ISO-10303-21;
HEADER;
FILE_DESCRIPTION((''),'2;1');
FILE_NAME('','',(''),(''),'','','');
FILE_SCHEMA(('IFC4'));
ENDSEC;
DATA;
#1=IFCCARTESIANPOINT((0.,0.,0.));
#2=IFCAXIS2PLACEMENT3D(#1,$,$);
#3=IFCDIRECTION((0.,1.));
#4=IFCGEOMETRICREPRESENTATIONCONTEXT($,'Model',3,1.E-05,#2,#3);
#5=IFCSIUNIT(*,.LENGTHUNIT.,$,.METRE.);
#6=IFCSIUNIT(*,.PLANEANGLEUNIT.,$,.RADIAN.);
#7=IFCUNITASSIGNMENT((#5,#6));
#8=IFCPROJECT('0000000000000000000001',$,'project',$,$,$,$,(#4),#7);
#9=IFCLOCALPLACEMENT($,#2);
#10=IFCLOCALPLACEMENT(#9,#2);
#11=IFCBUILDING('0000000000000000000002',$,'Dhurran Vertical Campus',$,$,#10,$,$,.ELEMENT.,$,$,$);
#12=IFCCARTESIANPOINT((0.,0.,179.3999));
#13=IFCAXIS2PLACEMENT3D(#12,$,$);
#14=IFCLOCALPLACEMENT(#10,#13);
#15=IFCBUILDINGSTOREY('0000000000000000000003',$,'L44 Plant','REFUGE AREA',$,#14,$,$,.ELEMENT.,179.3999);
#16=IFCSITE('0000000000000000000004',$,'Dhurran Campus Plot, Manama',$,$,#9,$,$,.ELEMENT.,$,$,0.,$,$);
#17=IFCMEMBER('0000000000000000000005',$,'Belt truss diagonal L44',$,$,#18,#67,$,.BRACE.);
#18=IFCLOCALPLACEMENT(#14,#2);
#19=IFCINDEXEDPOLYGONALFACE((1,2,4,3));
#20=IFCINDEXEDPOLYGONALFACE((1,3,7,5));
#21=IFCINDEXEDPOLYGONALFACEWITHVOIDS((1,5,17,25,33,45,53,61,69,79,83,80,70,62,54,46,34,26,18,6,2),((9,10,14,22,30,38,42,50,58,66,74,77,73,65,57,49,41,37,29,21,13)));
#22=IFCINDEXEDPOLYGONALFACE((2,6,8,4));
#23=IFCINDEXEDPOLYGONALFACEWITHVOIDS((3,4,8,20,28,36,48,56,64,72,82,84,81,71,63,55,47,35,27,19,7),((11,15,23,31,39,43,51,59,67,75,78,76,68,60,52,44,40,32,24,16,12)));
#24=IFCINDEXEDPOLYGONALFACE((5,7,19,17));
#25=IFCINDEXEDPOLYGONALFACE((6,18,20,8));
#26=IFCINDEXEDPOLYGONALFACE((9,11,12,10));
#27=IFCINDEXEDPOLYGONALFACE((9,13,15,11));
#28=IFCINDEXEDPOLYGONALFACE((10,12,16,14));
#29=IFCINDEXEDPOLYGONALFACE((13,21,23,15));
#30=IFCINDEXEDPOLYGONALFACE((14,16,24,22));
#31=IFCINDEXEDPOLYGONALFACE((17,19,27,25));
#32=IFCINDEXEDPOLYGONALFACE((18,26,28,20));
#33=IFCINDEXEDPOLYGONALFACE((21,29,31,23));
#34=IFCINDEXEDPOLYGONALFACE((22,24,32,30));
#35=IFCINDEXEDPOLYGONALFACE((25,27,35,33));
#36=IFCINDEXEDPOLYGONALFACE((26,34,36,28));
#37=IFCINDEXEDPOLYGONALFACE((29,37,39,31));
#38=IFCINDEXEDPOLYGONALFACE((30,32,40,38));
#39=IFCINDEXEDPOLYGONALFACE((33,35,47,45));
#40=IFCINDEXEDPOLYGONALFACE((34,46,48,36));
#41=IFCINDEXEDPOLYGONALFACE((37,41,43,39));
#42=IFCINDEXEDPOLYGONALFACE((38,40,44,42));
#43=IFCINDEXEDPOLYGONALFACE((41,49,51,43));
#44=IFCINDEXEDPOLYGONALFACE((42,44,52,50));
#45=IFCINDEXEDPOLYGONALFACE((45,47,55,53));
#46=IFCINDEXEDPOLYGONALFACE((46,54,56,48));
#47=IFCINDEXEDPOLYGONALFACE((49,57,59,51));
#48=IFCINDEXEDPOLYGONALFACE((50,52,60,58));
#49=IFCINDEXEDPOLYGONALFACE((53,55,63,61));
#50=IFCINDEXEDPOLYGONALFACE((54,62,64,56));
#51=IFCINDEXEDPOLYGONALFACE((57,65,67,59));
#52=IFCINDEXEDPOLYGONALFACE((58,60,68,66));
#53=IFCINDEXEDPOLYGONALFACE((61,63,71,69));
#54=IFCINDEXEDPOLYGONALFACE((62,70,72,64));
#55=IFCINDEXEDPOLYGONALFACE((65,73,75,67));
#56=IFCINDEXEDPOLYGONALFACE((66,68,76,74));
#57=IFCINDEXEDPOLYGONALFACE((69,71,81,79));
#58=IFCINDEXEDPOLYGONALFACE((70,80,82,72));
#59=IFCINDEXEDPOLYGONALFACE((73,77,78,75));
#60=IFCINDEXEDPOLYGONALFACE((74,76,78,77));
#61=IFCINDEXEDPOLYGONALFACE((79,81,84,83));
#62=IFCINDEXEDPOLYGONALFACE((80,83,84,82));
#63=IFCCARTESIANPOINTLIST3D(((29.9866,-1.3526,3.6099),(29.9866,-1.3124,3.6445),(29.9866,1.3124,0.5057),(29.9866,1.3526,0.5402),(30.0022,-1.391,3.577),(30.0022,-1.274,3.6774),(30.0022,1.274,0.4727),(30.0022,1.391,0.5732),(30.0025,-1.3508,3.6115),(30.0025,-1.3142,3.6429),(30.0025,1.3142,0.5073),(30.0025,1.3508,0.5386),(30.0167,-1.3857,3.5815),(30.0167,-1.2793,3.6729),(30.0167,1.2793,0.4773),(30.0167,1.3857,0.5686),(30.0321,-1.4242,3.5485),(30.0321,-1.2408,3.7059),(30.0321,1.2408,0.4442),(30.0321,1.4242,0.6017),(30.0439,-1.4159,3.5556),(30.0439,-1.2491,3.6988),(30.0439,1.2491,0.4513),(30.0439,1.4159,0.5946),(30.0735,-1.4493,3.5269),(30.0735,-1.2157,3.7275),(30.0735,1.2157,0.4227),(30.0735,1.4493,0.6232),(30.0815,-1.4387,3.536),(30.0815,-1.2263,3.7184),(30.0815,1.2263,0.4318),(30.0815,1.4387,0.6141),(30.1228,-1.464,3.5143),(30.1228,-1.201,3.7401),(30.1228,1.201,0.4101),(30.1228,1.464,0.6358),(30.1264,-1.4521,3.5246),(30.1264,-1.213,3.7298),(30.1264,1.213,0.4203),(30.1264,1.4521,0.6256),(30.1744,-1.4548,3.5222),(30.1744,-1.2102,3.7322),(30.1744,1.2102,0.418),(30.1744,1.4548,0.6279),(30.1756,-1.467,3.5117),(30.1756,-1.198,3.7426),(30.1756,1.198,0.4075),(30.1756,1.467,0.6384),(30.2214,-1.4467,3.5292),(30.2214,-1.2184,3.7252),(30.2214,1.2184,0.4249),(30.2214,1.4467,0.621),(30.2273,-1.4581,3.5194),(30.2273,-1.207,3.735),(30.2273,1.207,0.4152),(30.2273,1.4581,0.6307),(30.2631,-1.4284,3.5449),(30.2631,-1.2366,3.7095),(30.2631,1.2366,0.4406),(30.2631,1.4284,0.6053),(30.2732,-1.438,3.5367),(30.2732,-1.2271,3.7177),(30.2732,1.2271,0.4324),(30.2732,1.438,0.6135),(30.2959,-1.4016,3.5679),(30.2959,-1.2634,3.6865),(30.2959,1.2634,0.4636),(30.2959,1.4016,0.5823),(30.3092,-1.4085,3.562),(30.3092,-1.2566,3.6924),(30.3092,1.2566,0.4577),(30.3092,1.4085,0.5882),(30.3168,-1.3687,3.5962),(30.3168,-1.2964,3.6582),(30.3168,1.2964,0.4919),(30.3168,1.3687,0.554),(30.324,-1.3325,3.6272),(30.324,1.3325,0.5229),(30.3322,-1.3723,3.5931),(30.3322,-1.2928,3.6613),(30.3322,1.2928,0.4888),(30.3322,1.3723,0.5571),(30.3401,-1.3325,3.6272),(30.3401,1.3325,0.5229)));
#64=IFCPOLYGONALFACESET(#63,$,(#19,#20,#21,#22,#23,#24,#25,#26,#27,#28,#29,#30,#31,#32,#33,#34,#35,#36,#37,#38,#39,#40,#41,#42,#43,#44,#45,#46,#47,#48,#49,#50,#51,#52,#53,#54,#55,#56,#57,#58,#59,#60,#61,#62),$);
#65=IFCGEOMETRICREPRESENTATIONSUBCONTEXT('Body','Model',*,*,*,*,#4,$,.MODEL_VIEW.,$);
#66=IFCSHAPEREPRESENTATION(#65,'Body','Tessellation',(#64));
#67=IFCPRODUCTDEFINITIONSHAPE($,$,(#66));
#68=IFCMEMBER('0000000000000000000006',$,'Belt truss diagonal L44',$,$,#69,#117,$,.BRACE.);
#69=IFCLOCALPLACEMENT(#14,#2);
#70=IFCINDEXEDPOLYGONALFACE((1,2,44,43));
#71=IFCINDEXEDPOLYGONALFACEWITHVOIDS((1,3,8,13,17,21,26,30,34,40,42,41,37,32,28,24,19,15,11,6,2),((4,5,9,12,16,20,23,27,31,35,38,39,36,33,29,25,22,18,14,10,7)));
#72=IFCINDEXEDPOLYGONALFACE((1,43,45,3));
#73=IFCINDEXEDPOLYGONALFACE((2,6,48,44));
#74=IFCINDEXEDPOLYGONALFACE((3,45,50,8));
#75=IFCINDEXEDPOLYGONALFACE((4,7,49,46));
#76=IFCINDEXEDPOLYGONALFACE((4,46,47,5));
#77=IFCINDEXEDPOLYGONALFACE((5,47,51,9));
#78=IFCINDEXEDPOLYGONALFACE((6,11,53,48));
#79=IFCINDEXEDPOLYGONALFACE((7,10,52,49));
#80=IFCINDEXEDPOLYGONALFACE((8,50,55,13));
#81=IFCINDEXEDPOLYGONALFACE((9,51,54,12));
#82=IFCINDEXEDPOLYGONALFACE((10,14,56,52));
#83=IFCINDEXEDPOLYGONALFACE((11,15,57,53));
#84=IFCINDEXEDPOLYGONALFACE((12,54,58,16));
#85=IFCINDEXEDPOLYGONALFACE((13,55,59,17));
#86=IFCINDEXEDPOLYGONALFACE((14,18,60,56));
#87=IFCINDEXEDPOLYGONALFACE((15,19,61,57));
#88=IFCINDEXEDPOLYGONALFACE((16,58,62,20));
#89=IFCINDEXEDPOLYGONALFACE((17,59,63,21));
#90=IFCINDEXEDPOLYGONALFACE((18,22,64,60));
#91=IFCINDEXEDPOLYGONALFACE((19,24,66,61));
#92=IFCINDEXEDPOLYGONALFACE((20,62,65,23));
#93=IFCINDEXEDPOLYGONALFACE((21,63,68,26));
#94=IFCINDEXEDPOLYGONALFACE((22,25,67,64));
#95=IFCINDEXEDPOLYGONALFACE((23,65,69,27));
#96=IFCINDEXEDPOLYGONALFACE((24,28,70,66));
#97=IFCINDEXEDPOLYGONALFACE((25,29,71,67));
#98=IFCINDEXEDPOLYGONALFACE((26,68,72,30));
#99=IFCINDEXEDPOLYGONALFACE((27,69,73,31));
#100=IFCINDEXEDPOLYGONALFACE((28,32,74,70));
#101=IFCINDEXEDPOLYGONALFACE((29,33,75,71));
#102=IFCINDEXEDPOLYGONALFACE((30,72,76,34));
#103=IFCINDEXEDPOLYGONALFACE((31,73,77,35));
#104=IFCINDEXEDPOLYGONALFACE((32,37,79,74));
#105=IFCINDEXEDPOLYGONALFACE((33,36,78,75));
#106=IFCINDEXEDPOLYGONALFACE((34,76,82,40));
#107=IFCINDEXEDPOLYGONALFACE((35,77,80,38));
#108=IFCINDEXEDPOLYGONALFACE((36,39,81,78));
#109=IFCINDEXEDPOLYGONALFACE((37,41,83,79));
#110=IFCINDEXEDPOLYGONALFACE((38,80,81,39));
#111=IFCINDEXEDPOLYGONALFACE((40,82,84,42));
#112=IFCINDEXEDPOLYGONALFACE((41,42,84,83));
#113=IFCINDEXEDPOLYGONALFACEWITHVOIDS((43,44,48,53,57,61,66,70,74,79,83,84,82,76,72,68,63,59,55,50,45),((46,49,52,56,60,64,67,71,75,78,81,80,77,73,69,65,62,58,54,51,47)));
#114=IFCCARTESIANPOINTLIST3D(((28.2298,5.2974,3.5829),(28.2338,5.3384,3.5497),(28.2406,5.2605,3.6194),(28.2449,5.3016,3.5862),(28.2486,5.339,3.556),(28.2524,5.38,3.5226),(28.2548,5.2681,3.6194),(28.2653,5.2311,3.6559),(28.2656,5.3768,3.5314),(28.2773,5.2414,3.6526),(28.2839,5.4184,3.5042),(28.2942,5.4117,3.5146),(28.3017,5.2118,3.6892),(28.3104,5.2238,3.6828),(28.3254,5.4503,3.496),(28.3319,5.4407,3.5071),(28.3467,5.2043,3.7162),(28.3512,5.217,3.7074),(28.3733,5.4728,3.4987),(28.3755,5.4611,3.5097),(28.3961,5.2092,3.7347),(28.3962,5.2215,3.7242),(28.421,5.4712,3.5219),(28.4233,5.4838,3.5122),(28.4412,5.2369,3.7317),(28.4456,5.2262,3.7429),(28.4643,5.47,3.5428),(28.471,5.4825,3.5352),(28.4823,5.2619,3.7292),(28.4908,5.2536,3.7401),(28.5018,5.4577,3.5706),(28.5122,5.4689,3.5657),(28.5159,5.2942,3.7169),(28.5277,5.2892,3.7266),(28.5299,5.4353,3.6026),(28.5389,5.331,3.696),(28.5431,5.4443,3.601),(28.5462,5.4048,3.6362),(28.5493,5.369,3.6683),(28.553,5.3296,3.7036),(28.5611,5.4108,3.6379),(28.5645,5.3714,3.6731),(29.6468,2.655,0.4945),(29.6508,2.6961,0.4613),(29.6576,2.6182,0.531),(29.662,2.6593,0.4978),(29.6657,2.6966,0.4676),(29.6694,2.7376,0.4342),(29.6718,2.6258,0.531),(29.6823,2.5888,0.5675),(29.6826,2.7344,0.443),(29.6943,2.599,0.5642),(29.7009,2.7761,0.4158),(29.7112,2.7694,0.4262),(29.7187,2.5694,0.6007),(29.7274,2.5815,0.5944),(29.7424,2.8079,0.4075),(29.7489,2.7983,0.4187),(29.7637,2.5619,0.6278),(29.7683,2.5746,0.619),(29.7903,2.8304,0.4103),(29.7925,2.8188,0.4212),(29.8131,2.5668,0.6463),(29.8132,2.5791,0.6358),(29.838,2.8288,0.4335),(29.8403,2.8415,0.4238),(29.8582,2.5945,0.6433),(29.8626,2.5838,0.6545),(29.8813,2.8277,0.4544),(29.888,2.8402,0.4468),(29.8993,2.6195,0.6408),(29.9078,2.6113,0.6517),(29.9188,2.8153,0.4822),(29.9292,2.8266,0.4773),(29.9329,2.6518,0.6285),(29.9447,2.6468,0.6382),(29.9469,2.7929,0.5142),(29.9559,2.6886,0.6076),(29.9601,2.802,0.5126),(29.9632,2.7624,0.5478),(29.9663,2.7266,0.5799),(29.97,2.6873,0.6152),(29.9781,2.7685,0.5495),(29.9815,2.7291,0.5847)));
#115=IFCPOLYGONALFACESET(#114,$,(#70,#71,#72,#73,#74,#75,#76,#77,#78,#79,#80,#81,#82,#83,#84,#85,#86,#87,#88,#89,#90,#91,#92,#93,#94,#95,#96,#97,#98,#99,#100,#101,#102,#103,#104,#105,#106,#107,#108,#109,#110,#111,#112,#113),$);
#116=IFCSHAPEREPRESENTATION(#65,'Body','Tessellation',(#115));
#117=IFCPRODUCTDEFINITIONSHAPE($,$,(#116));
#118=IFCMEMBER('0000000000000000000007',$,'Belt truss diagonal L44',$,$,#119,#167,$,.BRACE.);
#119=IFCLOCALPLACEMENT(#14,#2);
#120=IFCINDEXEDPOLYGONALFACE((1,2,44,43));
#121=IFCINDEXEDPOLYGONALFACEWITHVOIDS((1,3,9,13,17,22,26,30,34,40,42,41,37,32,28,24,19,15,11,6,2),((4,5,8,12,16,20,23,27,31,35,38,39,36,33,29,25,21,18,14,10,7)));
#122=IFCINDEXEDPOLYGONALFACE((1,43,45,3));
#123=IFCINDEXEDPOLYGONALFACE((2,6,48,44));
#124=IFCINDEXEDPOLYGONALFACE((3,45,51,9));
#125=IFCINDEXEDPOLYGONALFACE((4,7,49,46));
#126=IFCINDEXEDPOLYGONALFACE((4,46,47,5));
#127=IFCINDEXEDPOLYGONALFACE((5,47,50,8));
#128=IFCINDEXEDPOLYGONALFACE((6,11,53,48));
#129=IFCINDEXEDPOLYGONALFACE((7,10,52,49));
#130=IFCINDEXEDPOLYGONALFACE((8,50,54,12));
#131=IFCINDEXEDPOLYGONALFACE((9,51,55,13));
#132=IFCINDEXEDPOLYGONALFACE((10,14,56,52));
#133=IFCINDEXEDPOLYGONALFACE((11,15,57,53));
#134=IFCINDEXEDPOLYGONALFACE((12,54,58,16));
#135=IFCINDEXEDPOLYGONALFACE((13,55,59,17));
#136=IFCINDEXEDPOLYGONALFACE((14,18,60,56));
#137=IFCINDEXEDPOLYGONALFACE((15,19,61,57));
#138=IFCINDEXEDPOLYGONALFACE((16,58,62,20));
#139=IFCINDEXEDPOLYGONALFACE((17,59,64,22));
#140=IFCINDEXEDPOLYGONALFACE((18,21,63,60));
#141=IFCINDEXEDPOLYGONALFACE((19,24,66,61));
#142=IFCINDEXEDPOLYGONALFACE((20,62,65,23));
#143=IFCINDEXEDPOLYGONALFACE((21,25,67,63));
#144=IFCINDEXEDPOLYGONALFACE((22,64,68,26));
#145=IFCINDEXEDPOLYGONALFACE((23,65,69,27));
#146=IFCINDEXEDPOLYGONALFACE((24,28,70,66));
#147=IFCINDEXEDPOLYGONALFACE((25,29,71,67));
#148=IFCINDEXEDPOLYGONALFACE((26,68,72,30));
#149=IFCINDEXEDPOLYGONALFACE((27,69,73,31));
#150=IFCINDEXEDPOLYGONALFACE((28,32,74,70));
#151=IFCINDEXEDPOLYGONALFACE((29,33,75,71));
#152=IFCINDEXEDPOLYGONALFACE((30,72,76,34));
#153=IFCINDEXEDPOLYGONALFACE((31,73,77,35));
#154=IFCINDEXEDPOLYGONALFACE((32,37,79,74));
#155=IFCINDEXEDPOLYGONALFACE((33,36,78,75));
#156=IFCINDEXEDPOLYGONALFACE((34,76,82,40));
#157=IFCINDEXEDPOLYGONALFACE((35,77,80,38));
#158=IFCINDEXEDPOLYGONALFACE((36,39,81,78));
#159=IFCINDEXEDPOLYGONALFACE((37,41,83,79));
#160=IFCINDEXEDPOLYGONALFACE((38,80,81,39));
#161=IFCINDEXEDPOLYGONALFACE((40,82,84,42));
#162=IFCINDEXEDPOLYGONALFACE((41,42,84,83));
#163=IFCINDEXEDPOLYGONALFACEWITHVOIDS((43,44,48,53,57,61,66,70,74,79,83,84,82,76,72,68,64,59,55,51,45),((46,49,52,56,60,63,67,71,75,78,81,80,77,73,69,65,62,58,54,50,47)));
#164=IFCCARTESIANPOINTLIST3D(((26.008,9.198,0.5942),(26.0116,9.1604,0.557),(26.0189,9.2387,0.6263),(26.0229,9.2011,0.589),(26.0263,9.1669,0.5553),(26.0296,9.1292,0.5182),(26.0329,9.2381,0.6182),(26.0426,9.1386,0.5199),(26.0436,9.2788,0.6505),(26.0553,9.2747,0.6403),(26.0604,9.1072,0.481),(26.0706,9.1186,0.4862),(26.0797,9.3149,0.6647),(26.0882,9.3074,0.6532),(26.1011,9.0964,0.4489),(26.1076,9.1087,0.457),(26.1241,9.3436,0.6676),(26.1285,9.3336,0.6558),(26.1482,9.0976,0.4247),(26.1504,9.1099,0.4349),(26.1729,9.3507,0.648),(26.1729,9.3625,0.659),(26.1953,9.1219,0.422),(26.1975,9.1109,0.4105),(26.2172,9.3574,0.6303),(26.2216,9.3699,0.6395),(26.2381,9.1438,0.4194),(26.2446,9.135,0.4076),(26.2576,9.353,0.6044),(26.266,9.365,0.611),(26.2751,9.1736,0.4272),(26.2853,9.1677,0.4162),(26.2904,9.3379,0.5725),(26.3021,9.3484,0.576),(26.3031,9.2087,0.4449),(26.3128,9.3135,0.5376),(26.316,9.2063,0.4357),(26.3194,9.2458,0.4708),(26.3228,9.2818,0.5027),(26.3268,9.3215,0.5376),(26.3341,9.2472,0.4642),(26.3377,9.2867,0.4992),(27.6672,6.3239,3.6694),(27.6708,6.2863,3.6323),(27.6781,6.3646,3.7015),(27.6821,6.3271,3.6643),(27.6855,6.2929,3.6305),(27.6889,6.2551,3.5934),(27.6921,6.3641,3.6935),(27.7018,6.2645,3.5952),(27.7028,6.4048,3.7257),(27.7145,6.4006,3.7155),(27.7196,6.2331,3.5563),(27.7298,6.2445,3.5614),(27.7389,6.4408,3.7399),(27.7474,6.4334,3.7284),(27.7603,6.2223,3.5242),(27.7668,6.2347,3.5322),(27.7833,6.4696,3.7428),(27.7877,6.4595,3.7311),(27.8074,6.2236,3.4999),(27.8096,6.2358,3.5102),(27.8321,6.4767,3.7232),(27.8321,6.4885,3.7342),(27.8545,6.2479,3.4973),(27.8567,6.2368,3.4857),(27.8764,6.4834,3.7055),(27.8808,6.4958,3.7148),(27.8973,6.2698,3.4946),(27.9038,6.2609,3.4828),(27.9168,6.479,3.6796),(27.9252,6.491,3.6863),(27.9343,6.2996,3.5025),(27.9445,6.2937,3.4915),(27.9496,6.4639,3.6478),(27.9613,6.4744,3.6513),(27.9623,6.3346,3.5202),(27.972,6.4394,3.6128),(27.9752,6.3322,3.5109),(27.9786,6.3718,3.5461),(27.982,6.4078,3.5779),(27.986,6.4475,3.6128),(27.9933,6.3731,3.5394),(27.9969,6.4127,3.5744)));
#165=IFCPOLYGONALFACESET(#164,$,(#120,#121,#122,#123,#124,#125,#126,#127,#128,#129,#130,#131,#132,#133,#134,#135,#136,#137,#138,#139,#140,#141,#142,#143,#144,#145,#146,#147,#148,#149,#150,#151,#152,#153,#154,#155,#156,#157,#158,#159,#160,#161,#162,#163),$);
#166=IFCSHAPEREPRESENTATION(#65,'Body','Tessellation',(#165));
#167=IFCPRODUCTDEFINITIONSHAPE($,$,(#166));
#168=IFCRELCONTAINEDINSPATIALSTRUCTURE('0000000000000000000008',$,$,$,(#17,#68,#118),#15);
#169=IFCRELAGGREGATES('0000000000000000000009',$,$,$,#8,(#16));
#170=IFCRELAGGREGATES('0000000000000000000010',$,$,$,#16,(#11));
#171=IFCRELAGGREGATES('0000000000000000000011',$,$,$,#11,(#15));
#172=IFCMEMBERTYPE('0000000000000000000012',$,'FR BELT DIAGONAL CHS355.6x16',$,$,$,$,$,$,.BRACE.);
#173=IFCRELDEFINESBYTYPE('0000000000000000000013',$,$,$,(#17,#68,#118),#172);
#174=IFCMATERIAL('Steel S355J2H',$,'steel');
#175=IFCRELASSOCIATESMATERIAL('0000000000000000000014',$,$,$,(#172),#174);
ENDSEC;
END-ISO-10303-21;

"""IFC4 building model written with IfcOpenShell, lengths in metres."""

from ifc_helpers import new_model, si_unit, direction, frame, origin, origin_2d, place, context, subcontext, project, spatial, hollow_circle, extrude, material, material_profile, profile_set, type_object, element, save


model = new_model("IFC4")

# Units and contexts
model_context = context("Model", 3, precision=1e-05, world=origin(), true_north=direction((0.0, 1.0)))
body_context = subcontext(model_context, "Body", "Model", "MODEL_VIEW")
ifc_project = project(units=[si_unit("LENGTHUNIT", "METRE"), si_unit("PLANEANGLEUNIT", "RADIAN")], contexts=[model_context])

# Site, building, storey
site_placement = place(None, origin())
site = spatial("IfcSite", under=ifc_project, at=site_placement, Name="Dhurran Campus Plot, Manama", CompositionType="ELEMENT", RefElevation=0.0)
building_placement = place(site_placement, origin())
building = spatial("IfcBuilding", under=site, at=building_placement, Name="Dhurran Vertical Campus", CompositionType="ELEMENT")
storey_placement = place(building_placement, frame((0.0, 0.0, 179.3999)))
storey = spatial("IfcBuildingStorey", under=building, at=storey_placement, Name="L44 Plant", Description="REFUGE AREA", CompositionType="ELEMENT", Elevation=179.3999)

# Members
ifc_material_1 = material(Name="Steel S355J2H", Category="steel")
ifc_material_profile_1 = material_profile(ifc_material_1, hollow_circle(Radius=0.1777, WallThickness=0.0161, at=origin_2d()), Name="CHS355.6x16")
ifc_profile_set_1 = profile_set([ifc_material_profile_1], Name="Steel S355J2H")
member_type = type_object("IfcMemberType", Name="FR BELT DIAGONAL CHS355.6x16", PredefinedType="BRACE", material=ifc_profile_set_1)
member_1_placement = place(storey_placement, frame((30.1624, 1.3325, 0.5229), z_axis=(0.0, -0.651391, 0.758742), x_axis=(1.0, 0.0, 0.0)))
element("IfcMember", 1, at=member_1_placement, inside=storey, type_object=member_type, Name="Belt truss diagonal L44", PredefinedType="BRACE", context=body_context, shape_type="SweptSolid", body=[
    extrude(hollow_circle(Radius=0.1777, WallThickness=0.0161, at=origin_2d()), origin(), (0.0, 0.0, 1.0), 4.0913),
])
member_2_placement = place(storey_placement, frame((29.8142, 2.7021, 0.531), z_axis=(-0.329196, 0.613868, 0.717493), x_axis=(-0.881278, -0.472599, 0.0)))
element("IfcMember", 2, at=member_2_placement, inside=storey, type_object=member_type, Name="Belt truss diagonal L44", PredefinedType="BRACE", context=body_context, shape_type="SweptSolid", body=[
    extrude(hollow_circle(Radius=0.1777, WallThickness=0.0161, at=origin_2d()), origin(), (0.0, 0.0, 1.0), 4.3044),
])
member_3_placement = place(storey_placement, frame((26.1729, 9.2327, 0.5376), z_axis=(0.366722, -0.635235, 0.679699), x_axis=(0.866043, 0.499969, 0.0)))
element("IfcMember", 3, at=member_3_placement, inside=storey, type_object=member_type, Name="Belt truss diagonal L44", PredefinedType="BRACE", context=body_context, shape_type="SweptSolid", body=[
    extrude(hollow_circle(Radius=0.1777, WallThickness=0.0161, at=origin_2d()), origin(), (0.0, 0.0, 1.0), 4.5244),
])

save(model, "model.ifc")
